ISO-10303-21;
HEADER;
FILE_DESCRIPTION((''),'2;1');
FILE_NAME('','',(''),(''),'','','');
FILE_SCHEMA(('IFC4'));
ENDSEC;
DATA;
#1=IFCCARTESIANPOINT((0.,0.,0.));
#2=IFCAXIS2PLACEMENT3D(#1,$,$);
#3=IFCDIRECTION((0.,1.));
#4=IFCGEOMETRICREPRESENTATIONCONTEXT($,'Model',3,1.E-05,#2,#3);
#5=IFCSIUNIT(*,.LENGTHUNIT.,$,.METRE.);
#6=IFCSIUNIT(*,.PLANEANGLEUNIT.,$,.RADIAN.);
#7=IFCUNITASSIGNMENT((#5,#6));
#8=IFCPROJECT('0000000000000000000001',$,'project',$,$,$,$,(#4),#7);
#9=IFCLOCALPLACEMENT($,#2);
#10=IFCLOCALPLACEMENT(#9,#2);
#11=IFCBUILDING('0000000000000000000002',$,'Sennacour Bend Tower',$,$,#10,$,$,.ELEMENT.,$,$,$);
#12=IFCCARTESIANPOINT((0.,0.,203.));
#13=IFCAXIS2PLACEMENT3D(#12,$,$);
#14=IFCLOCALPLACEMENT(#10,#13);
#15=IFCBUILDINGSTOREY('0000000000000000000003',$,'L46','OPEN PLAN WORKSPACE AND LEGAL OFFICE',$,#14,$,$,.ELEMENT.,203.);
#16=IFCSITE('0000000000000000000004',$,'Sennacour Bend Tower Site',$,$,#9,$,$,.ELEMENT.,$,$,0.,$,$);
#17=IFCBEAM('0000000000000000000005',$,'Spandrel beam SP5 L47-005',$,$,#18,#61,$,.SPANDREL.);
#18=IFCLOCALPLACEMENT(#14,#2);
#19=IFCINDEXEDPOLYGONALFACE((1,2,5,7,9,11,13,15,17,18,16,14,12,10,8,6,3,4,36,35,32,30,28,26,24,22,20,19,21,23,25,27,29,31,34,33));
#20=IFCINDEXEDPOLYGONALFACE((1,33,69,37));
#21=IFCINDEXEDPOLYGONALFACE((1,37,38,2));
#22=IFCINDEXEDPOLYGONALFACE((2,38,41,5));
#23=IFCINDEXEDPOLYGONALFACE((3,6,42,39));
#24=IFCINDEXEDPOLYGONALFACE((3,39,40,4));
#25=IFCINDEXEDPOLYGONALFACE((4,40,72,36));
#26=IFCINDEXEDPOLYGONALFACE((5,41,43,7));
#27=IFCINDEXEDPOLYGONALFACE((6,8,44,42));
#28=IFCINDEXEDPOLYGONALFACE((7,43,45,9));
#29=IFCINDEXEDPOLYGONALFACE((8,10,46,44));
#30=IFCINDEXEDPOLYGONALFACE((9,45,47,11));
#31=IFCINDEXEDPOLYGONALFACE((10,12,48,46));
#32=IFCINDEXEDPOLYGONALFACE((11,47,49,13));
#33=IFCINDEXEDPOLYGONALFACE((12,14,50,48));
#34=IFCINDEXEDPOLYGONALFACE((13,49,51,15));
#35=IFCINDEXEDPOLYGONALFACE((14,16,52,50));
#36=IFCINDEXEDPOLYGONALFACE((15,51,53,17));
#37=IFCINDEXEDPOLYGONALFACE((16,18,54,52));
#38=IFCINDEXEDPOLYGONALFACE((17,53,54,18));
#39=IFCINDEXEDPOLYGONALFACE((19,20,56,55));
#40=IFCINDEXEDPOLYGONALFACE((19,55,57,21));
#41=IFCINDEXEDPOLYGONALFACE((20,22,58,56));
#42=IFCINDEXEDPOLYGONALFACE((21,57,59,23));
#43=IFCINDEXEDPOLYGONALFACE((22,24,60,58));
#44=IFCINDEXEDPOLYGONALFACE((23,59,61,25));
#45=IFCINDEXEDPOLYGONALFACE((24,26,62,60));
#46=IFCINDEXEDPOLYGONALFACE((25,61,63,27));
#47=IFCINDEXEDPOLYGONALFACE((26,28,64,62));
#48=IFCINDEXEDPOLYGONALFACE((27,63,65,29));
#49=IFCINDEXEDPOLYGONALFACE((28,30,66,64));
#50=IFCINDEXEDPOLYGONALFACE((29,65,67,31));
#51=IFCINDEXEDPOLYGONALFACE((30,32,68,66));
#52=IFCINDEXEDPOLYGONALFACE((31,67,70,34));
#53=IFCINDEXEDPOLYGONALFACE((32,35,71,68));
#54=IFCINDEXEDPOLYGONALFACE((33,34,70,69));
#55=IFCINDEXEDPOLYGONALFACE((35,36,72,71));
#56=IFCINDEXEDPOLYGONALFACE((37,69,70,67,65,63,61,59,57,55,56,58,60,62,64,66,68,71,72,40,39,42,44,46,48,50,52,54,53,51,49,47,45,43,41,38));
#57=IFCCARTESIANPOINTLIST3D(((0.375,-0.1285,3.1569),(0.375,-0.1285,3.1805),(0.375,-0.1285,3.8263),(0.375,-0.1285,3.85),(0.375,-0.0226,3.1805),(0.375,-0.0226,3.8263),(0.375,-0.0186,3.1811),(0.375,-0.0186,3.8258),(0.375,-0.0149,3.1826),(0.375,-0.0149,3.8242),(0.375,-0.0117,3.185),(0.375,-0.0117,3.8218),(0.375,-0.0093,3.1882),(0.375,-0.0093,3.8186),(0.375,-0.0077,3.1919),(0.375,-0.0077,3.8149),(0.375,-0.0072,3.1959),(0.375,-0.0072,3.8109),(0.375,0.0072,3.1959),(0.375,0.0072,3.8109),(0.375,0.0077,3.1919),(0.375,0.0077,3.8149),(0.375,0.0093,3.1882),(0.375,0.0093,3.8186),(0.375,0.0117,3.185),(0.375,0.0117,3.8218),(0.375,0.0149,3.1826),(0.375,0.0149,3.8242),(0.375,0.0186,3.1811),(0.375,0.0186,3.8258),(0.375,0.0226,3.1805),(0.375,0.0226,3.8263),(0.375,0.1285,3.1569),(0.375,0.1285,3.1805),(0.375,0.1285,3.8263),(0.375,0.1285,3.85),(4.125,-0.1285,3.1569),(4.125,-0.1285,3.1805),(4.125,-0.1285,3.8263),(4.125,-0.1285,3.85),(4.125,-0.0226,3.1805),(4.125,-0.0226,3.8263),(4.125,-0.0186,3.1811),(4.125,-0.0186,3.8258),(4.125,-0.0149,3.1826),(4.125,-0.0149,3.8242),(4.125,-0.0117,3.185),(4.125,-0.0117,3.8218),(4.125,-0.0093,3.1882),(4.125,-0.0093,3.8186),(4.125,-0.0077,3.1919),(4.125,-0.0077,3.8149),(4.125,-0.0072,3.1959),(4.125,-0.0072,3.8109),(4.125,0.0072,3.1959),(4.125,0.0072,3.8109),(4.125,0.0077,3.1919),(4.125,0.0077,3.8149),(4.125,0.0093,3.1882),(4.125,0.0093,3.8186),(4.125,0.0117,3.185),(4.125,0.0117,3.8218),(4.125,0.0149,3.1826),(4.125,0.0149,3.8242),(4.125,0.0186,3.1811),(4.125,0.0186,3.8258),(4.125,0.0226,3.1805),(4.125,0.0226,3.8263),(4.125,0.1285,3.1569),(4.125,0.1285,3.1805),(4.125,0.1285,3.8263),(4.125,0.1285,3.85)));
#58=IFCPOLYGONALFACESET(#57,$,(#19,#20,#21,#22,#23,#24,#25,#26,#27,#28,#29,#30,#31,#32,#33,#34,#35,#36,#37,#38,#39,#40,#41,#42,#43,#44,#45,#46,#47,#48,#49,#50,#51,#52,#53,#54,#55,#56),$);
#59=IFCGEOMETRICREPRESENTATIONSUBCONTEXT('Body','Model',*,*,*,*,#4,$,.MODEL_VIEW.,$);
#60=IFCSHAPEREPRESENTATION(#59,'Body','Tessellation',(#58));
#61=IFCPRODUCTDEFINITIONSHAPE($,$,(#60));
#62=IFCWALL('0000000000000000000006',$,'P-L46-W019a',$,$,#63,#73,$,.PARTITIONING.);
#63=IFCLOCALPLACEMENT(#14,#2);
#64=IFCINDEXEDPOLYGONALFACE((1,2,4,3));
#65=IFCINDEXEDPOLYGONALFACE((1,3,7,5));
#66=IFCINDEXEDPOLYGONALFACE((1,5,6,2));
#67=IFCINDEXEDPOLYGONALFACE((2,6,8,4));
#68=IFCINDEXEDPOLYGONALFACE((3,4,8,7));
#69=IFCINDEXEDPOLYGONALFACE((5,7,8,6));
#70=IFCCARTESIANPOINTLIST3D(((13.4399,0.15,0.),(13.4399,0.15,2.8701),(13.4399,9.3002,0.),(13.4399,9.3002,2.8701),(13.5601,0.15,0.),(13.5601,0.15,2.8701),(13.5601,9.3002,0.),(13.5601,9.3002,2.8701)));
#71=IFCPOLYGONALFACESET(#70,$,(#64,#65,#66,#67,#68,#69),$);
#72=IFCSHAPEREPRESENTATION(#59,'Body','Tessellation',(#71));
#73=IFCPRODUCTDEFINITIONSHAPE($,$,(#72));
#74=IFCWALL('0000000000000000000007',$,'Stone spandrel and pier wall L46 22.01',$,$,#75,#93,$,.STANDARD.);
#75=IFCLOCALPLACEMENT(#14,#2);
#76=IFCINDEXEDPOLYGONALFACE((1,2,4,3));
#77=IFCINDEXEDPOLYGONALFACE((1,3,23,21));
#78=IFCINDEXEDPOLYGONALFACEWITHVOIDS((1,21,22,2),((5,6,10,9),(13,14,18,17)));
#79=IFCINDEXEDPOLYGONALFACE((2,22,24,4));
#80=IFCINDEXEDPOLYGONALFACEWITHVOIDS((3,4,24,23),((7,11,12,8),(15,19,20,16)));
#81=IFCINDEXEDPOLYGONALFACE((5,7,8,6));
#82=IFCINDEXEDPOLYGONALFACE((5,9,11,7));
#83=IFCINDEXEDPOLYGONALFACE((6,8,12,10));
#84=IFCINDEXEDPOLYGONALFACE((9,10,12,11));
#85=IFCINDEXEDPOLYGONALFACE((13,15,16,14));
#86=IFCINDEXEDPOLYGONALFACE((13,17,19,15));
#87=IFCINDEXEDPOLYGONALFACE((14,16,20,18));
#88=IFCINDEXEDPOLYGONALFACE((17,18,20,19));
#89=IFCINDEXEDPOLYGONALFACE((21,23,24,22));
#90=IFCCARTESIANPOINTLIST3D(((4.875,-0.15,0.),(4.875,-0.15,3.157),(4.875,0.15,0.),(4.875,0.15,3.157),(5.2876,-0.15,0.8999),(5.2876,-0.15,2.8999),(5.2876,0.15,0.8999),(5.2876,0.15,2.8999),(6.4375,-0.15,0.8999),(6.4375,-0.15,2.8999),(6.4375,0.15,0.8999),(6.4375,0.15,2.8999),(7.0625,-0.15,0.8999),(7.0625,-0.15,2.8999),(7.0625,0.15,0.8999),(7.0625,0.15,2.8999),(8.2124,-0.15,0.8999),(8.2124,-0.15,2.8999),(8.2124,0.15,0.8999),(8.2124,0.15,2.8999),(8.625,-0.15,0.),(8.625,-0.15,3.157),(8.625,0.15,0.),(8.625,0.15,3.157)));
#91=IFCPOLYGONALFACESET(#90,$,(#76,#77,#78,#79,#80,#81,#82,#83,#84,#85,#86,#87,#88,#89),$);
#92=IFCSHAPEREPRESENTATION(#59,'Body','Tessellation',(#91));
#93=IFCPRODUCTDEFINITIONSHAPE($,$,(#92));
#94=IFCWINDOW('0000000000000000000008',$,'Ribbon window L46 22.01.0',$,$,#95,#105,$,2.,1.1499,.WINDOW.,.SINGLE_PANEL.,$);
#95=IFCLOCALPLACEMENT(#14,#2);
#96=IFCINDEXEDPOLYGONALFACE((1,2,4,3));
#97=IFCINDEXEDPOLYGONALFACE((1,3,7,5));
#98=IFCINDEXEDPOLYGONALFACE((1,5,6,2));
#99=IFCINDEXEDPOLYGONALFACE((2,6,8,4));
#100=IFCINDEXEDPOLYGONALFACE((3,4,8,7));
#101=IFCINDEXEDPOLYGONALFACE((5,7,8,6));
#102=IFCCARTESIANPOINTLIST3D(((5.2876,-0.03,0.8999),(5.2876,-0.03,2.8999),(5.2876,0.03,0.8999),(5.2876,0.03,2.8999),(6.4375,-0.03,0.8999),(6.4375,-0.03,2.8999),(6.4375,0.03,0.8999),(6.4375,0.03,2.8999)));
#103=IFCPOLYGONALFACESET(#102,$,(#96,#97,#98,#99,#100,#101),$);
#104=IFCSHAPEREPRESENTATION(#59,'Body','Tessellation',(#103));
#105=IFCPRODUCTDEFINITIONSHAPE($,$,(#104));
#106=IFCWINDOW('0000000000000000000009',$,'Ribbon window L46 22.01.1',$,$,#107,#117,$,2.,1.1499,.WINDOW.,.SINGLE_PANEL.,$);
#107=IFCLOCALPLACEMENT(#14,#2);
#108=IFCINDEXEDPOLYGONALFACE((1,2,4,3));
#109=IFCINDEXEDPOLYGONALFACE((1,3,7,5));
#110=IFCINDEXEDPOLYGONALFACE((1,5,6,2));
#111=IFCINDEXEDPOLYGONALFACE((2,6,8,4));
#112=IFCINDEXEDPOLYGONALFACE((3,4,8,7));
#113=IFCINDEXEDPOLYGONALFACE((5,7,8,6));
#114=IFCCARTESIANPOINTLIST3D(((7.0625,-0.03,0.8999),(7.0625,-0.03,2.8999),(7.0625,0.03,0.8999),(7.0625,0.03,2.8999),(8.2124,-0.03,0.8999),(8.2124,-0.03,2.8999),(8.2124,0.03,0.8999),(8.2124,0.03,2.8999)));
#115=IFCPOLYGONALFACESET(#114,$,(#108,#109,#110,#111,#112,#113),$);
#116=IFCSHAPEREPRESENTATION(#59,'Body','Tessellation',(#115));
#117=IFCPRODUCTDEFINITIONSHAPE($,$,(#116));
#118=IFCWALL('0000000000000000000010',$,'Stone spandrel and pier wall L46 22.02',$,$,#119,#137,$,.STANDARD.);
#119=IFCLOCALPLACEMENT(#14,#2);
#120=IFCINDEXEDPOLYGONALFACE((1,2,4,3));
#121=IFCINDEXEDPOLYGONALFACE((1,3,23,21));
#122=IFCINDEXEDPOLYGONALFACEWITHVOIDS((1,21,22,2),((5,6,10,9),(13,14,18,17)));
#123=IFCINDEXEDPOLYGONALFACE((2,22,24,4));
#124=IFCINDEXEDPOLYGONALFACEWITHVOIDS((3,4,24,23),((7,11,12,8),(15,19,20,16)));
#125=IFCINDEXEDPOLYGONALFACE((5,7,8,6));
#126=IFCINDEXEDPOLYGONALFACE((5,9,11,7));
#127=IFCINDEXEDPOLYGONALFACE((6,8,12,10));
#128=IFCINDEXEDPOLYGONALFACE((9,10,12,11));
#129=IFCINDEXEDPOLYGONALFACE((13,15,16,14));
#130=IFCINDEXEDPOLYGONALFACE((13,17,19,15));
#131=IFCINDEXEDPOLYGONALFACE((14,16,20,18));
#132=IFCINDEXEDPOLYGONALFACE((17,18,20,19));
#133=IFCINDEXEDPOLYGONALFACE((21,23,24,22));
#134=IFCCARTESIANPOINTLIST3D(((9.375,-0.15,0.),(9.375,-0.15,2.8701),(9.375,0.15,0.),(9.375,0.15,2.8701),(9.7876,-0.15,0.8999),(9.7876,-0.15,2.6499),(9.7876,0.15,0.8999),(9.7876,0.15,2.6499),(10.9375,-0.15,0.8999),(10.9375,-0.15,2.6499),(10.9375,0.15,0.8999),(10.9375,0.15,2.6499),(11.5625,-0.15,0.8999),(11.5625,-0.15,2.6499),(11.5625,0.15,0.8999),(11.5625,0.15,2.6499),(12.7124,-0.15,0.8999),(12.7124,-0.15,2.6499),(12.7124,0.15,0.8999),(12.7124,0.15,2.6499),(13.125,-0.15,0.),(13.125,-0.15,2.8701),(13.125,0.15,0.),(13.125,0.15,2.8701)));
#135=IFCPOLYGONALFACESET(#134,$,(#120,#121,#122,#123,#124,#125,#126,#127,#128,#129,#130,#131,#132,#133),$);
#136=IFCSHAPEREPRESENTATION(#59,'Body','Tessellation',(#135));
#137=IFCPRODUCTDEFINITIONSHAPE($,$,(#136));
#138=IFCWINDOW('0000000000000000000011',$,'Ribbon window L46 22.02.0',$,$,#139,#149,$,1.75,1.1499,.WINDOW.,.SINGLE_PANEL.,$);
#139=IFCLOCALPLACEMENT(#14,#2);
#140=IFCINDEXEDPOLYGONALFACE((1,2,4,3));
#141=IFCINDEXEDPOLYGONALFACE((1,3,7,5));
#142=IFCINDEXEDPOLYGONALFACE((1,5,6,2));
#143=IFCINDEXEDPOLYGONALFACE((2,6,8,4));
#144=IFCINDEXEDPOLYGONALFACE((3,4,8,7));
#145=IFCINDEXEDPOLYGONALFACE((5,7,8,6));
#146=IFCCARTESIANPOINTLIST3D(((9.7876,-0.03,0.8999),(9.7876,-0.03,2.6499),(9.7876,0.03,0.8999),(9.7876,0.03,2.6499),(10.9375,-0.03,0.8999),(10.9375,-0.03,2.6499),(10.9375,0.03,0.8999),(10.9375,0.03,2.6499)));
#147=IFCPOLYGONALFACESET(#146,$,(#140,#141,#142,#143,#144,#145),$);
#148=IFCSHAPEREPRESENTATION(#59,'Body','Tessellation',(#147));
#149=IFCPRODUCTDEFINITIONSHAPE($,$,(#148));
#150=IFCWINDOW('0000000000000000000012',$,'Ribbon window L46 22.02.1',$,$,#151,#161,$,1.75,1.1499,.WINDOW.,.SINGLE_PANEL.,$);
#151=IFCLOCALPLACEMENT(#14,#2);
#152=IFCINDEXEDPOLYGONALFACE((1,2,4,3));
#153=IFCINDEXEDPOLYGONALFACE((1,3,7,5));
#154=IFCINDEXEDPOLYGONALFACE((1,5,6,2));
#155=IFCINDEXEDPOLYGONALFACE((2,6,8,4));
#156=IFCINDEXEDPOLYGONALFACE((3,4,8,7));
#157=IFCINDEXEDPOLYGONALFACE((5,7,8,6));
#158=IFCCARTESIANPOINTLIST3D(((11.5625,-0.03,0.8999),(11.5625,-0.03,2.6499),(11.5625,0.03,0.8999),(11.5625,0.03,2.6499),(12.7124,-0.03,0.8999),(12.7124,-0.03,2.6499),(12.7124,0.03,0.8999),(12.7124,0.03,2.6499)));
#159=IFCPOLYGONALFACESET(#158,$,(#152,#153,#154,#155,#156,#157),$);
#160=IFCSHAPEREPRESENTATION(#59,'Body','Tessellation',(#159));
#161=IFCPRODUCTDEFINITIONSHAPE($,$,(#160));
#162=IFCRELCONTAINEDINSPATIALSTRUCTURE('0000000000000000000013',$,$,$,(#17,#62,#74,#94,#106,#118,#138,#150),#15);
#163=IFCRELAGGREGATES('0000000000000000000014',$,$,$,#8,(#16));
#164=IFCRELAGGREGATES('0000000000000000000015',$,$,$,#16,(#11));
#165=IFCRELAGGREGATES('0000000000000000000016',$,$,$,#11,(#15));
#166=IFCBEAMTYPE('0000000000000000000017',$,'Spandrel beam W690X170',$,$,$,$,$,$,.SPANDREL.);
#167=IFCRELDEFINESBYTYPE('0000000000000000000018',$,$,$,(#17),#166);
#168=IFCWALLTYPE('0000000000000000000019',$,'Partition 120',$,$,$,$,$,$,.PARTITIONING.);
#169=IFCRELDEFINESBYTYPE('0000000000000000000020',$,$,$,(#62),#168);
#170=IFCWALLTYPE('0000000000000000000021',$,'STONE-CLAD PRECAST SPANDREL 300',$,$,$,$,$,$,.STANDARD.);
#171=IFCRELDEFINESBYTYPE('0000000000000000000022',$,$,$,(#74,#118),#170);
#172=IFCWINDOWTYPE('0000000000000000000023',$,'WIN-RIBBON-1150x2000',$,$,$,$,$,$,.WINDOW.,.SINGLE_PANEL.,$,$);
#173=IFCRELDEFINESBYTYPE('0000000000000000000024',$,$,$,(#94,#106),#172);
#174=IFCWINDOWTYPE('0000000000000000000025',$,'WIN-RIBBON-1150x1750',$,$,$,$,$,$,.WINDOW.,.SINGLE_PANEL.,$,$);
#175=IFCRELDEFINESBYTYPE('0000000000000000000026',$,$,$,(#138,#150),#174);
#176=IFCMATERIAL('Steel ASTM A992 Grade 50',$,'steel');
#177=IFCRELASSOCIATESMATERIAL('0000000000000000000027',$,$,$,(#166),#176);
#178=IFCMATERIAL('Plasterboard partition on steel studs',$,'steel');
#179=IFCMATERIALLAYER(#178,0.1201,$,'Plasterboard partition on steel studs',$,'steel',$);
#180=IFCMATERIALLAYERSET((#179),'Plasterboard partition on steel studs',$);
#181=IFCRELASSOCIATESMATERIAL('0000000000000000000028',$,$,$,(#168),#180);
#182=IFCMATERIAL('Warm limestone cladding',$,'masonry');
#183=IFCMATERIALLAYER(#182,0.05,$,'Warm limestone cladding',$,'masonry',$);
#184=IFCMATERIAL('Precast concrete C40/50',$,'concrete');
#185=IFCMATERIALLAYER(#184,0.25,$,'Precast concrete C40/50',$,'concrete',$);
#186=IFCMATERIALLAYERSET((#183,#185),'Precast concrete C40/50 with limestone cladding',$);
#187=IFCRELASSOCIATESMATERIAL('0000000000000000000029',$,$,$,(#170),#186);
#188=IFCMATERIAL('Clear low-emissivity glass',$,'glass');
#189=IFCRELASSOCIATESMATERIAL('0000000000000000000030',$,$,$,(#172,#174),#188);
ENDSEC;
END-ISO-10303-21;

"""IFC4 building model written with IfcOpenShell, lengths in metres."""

from ifc_helpers import new_model, si_unit, direction, frame, frame_2d, origin, origin_2d, place, context, subcontext, project, spatial, rectangle, i_section, extrude, material, layer, layer_set, material_profile, profile_set, type_object, element, fill, save


model = new_model("IFC4")

# Units and contexts
model_context = context("Model", 3, precision=1e-05, world=origin(), true_north=direction((0.0, 1.0)))
body_context = subcontext(model_context, "Body", "Model", "MODEL_VIEW")
ifc_project = project(units=[si_unit("LENGTHUNIT", "METRE"), si_unit("PLANEANGLEUNIT", "RADIAN")], contexts=[model_context])

# Site, building, storey
site_placement = place(None, origin())
site = spatial("IfcSite", under=ifc_project, at=site_placement, Name="Sennacour Bend Tower Site", CompositionType="ELEMENT", RefElevation=0.0)
building_placement = place(site_placement, origin())
building = spatial("IfcBuilding", under=site, at=building_placement, Name="Sennacour Bend Tower", CompositionType="ELEMENT")
storey_placement = place(building_placement, frame((0.0, 0.0, 203.0)))
storey = spatial("IfcBuildingStorey", under=building, at=storey_placement, Name="L46", Description="OPEN PLAN WORKSPACE AND LEGAL OFFICE", CompositionType="ELEMENT", Elevation=203.0)

# Beam
ifc_material_1 = material(Name="Steel ASTM A992 Grade 50", Category="steel")
ifc_material_profile_1 = material_profile(ifc_material_1, i_section(OverallWidth=0.2571, OverallDepth=0.6931, WebThickness=0.0144, FlangeThickness=0.0237, FilletRadius=0.0154, at=origin_2d()), Name="Steel ASTM A992 Grade 50", Category="steel")
ifc_profile_set_1 = profile_set([ifc_material_profile_1], Name="Steel ASTM A992 Grade 50")
beam_type_1 = type_object("IfcBeamType", Name="Spandrel beam W690X170", PredefinedType="SPANDREL", material=ifc_profile_set_1)
for number, where, z_axis, x_axis, name in (
    (1, (4.125, 0.0, 3.5034), (-1.0, 0.0, 0.0), (0.0, -1.0, 0.0), "Spandrel beam SP5 L47-005"),
):
    element("IfcBeam", number, at=place(storey_placement, frame(where, z_axis=z_axis, x_axis=x_axis)), inside=storey, type_object=beam_type_1, Name=name, PredefinedType="SPANDREL", context=body_context, shape_type="SweptSolid", body=[
        extrude(i_section(OverallWidth=0.2571, OverallDepth=0.6931, WebThickness=0.0144, FlangeThickness=0.0237, FilletRadius=0.0154, at=origin_2d()), origin(), (0.0, 0.0, 1.0), 3.75),
    ])

# Wall
ifc_material_2 = material(Name="Plasterboard partition on steel studs", Category="steel")
ifc_layer_1 = layer(ifc_material_2, 0.1201, Name="Plasterboard partition on steel studs", Category="steel")
ifc_layer_set_1 = layer_set([ifc_layer_1], Name="Plasterboard partition on steel studs")
wall_type_1 = type_object("IfcWallType", Name="Partition 120", PredefinedType="PARTITIONING", material=ifc_layer_set_1)
wall_1_placement = place(storey_placement, frame((13.5, 0.1499, 0.0), z_axis=(0.0, 0.0, 1.0), x_axis=(0.0, 1.0, 0.0)))
element("IfcWall", 2, at=wall_1_placement, inside=storey, type_object=wall_type_1, Name="P-L46-W019a", PredefinedType="PARTITIONING", context=body_context, shape_type="SweptSolid", body=[
    extrude(rectangle(XDim=9.1501, YDim=0.1201, at=frame_2d((4.5752, 0.0))), origin(), (0.0, 0.0, 1.0), 2.8701),
])

# Walls, openings, windows
ifc_material_3 = material(Name="Warm limestone cladding", Category="masonry")
ifc_layer_2 = layer(ifc_material_3, 0.05, Name="Warm limestone cladding", Category="masonry")
ifc_material_4 = material(Name="Precast concrete C40/50", Category="concrete")
ifc_layer_3 = layer(ifc_material_4, 0.25, Name="Precast concrete C40/50", Category="concrete")
ifc_layer_set_2 = layer_set([ifc_layer_2, ifc_layer_3], Name="Precast concrete C40/50 with limestone cladding")
wall_type_2 = type_object("IfcWallType", Name="STONE-CLAD PRECAST SPANDREL 300", PredefinedType="STANDARD", material=ifc_layer_set_2)
wall_2_placement = place(storey_placement, frame((4.875, 0.0, 0.0), z_axis=(0.0, 0.0, 1.0), x_axis=(1.0, 0.0, 0.0)))
wall_2 = element("IfcWall", 3, at=wall_2_placement, inside=storey, type_object=wall_type_2, Name="Stone spandrel and pier wall L46 22.01", PredefinedType="STANDARD", context=body_context, shape_type="SweptSolid", body=[
    extrude(rectangle(XDim=3.75, YDim=0.3, at=frame_2d((1.875, 0.0))), origin(), (0.0, 0.0, 1.0), 3.157),
])
opening_1_placement = place(wall_2_placement, frame((0.4126, 0.0, 0.8999)))
opening_1 = element("IfcOpeningElement", 4, at=opening_1_placement, cuts=wall_2, PredefinedType="OPENING", context=body_context, shape_type="SweptSolid", body=[
    extrude(rectangle(XDim=1.1499, YDim=2.0, at=frame_2d((0.575, 1.0))), frame((0.0, 0.1602, 0.0), z_axis=(0.0, -1.0, 0.0), x_axis=(1.0, 0.0, 0.0)), (0.0, 0.0, 1.0), 0.3201),
])
opening_2_placement = place(wall_2_placement, frame((2.1875, 0.0, 0.8999)))
opening_2 = element("IfcOpeningElement", 5, at=opening_2_placement, cuts=wall_2, PredefinedType="OPENING", context=body_context, shape_type="SweptSolid", body=[
    extrude(rectangle(XDim=1.1499, YDim=2.0, at=frame_2d((0.575, 1.0))), frame((0.0, 0.1602, 0.0), z_axis=(0.0, -1.0, 0.0), x_axis=(1.0, 0.0, 0.0)), (0.0, 0.0, 1.0), 0.3201),
])
ifc_material_5 = material(Name="Clear low-emissivity glass", Category="glass")
window_type_1 = type_object("IfcWindowType", Name="WIN-RIBBON-1150x2000", PartitioningType="SINGLE_PANEL", PredefinedType="WINDOW", material=ifc_material_5)
window_1_placement = place(opening_1_placement, origin())
window_1 = element("IfcWindow", 6, at=window_1_placement, inside=storey, type_object=window_type_1, Name="Ribbon window L46 22.01.0", OverallHeight=2.0, OverallWidth=1.1499, PartitioningType="SINGLE_PANEL", PredefinedType="WINDOW", context=body_context, shape_type="SweptSolid", body=[
    extrude(rectangle(XDim=1.1499, YDim=2.0, at=frame_2d((0.575, 1.0))), frame((0.0, 0.03, 0.0), z_axis=(0.0, -1.0, 0.0), x_axis=(1.0, 0.0, 0.0)), (0.0, 0.0, 1.0), 0.0601),
])
fill(opening_1, window_1)
window_2_placement = place(opening_2_placement, origin())
window_2 = element("IfcWindow", 7, at=window_2_placement, inside=storey, type_object=window_type_1, Name="Ribbon window L46 22.01.1", OverallHeight=2.0, OverallWidth=1.1499, PartitioningType="SINGLE_PANEL", PredefinedType="WINDOW", context=body_context, shape_type="SweptSolid", body=[
    extrude(rectangle(XDim=1.1499, YDim=2.0, at=frame_2d((0.575, 1.0))), frame((0.0, 0.03, 0.0), z_axis=(0.0, -1.0, 0.0), x_axis=(1.0, 0.0, 0.0)), (0.0, 0.0, 1.0), 0.0601),
])
fill(opening_2, window_2)
wall_3_placement = place(storey_placement, frame((9.375, 0.0, 0.0), z_axis=(0.0, 0.0, 1.0), x_axis=(1.0, 0.0, 0.0)))
wall_3 = element("IfcWall", 8, at=wall_3_placement, inside=storey, type_object=wall_type_2, Name="Stone spandrel and pier wall L46 22.02", PredefinedType="STANDARD", context=body_context, shape_type="SweptSolid", body=[
    extrude(rectangle(XDim=3.75, YDim=0.3, at=frame_2d((1.875, 0.0))), origin(), (0.0, 0.0, 1.0), 2.8701),
])
opening_3_placement = place(wall_3_placement, frame((0.4126, 0.0, 0.8999)))
opening_3 = element("IfcOpeningElement", 9, at=opening_3_placement, cuts=wall_3, PredefinedType="OPENING", context=body_context, shape_type="SweptSolid", body=[
    extrude(rectangle(XDim=1.1499, YDim=1.75, at=frame_2d((0.575, 0.875))), frame((0.0, 0.1602, 0.0), z_axis=(0.0, -1.0, 0.0), x_axis=(1.0, 0.0, 0.0)), (0.0, 0.0, 1.0), 0.3201),
])
opening_4_placement = place(wall_3_placement, frame((2.1875, 0.0, 0.8999)))
opening_4 = element("IfcOpeningElement", 10, at=opening_4_placement, cuts=wall_3, PredefinedType="OPENING", context=body_context, shape_type="SweptSolid", body=[
    extrude(rectangle(XDim=1.1499, YDim=1.75, at=frame_2d((0.575, 0.875))), frame((0.0, 0.1602, 0.0), z_axis=(0.0, -1.0, 0.0), x_axis=(1.0, 0.0, 0.0)), (0.0, 0.0, 1.0), 0.3201),
])
window_type_2 = type_object("IfcWindowType", Name="WIN-RIBBON-1150x1750", PartitioningType="SINGLE_PANEL", PredefinedType="WINDOW", material=ifc_material_5)
window_3_placement = place(opening_3_placement, origin())
window_3 = element("IfcWindow", 11, at=window_3_placement, inside=storey, type_object=window_type_2, Name="Ribbon window L46 22.02.0", OverallHeight=1.75, OverallWidth=1.1499, PartitioningType="SINGLE_PANEL", PredefinedType="WINDOW", context=body_context, shape_type="SweptSolid", body=[
    extrude(rectangle(XDim=1.1499, YDim=1.75, at=frame_2d((0.575, 0.875))), frame((0.0, 0.03, 0.0), z_axis=(0.0, -1.0, 0.0), x_axis=(1.0, 0.0, 0.0)), (0.0, 0.0, 1.0), 0.0601),
])
fill(opening_3, window_3)
window_4_placement = place(opening_4_placement, origin())
window_4 = element("IfcWindow", 12, at=window_4_placement, inside=storey, type_object=window_type_2, Name="Ribbon window L46 22.02.1", OverallHeight=1.75, OverallWidth=1.1499, PartitioningType="SINGLE_PANEL", PredefinedType="WINDOW", context=body_context, shape_type="SweptSolid", body=[
    extrude(rectangle(XDim=1.1499, YDim=1.75, at=frame_2d((0.575, 0.875))), frame((0.0, 0.03, 0.0), z_axis=(0.0, -1.0, 0.0), x_axis=(1.0, 0.0, 0.0)), (0.0, 0.0, 1.0), 0.0601),
])
fill(opening_4, window_4)

save(model, "model.ifc")
